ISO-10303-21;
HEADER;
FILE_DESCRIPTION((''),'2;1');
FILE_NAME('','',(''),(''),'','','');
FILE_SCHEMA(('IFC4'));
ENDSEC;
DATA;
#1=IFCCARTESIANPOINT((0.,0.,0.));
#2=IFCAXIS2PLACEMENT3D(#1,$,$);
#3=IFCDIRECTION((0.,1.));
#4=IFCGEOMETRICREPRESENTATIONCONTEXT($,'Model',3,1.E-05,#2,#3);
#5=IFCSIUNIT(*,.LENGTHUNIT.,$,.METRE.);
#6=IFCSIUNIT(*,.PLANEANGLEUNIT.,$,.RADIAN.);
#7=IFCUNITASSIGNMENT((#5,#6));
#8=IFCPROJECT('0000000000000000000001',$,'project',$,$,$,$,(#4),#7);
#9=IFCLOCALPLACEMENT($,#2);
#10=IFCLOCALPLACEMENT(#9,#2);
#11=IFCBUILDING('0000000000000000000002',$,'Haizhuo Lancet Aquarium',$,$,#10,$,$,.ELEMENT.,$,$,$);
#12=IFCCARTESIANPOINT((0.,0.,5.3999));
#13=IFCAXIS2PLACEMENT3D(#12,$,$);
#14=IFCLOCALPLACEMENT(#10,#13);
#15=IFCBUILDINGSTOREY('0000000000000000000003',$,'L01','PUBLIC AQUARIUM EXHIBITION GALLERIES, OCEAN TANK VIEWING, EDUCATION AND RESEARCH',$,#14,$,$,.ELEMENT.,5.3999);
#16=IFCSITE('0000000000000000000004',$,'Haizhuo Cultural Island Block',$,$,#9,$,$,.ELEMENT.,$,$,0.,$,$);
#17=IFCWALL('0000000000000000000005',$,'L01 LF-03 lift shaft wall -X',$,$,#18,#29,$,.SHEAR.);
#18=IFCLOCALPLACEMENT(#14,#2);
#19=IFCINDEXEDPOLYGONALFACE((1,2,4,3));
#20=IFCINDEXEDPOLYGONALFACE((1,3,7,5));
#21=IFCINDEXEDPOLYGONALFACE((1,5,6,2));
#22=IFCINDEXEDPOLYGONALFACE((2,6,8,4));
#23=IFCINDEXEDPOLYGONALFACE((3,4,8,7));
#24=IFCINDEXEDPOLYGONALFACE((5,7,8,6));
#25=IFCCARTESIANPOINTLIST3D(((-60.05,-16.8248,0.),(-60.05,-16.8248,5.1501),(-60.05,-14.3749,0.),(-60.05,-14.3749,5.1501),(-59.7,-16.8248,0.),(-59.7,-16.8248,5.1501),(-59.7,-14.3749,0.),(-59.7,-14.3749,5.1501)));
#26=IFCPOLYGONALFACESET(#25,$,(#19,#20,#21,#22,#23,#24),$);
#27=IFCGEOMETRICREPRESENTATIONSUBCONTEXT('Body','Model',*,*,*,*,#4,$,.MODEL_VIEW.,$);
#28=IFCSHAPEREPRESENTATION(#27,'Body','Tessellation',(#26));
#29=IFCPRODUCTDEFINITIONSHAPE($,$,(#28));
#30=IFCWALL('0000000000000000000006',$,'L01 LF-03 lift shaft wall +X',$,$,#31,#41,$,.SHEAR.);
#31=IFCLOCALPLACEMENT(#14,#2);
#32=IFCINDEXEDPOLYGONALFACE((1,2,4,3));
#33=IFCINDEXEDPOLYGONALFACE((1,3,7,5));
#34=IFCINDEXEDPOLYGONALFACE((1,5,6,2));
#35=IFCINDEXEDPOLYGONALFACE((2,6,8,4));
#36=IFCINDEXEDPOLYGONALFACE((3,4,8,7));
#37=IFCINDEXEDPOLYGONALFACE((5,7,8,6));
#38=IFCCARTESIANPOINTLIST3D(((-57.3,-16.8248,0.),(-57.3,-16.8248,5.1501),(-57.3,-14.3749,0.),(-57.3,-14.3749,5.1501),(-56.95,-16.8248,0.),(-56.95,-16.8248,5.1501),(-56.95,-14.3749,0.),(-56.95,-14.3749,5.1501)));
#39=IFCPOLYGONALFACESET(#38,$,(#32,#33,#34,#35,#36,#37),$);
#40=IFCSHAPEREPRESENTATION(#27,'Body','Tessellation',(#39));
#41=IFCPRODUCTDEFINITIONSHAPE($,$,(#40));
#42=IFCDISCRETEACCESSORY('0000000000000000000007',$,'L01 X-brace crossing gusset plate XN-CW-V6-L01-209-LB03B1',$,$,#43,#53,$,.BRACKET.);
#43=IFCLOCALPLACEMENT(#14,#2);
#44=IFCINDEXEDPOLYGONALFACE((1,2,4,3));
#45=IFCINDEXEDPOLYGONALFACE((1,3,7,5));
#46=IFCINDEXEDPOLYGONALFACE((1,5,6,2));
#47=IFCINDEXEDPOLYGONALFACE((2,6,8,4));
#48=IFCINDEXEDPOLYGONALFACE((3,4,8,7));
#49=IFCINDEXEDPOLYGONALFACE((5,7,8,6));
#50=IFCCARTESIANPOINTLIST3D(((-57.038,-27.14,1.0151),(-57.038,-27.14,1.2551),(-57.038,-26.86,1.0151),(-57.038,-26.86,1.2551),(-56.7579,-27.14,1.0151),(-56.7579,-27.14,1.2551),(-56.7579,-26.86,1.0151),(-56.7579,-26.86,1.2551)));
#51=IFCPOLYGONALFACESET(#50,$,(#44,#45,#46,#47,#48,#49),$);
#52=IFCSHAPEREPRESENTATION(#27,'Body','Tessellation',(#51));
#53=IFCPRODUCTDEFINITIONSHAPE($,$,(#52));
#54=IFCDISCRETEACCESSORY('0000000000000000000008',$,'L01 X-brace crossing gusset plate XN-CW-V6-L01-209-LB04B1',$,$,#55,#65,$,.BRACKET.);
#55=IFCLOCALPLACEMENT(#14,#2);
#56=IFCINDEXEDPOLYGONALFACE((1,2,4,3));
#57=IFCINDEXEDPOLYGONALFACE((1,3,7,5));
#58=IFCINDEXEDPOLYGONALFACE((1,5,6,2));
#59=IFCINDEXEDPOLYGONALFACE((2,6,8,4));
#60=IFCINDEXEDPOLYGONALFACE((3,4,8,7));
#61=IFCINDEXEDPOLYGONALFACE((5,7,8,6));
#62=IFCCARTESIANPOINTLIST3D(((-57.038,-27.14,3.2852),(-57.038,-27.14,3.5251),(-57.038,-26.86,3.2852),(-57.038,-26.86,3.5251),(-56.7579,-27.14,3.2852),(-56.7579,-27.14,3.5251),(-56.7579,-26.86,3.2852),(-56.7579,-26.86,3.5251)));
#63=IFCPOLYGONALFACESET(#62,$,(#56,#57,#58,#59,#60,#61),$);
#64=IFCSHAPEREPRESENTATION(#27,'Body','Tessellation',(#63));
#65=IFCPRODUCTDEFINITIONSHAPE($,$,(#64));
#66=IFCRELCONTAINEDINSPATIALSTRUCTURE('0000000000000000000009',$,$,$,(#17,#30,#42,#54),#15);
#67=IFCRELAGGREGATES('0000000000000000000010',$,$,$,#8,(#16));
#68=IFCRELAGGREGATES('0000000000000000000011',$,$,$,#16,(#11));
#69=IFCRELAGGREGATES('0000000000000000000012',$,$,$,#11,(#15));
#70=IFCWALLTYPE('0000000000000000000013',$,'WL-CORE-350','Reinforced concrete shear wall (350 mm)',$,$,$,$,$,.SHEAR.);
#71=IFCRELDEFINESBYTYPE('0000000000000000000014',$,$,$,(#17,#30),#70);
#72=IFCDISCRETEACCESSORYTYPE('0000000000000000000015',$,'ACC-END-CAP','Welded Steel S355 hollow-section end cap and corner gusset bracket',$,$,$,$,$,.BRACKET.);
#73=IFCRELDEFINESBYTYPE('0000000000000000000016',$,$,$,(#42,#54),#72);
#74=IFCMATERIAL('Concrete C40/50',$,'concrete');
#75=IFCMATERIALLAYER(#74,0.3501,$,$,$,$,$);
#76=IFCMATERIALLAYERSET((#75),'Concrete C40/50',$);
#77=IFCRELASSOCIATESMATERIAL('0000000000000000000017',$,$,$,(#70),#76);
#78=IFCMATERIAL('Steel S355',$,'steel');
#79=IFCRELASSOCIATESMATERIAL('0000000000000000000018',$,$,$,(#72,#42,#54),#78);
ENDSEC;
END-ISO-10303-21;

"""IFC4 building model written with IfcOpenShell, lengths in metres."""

from ifc_helpers import new_model, si_unit, direction, frame, frame_2d, origin, origin_2d, place, context, subcontext, project, spatial, rectangle, extrude, material, layer, layer_set, type_object, element, save


model = new_model("IFC4")

# Units and contexts
model_context = context("Model", 3, precision=1e-05, world=origin(), true_north=direction((0.0, 1.0)))
body_context = subcontext(model_context, "Body", "Model", "MODEL_VIEW")
ifc_project = project(units=[si_unit("LENGTHUNIT", "METRE"), si_unit("PLANEANGLEUNIT", "RADIAN")], contexts=[model_context])

# Site, building, storey
site_placement = place(None, origin())
site = spatial("IfcSite", under=ifc_project, at=site_placement, Name="Haizhuo Cultural Island Block", CompositionType="ELEMENT", RefElevation=0.0)
building_placement = place(site_placement, origin())
building = spatial("IfcBuilding", under=site, at=building_placement, Name="Haizhuo Lancet Aquarium", CompositionType="ELEMENT")
storey_placement = place(building_placement, frame((0.0, 0.0, 5.3999)))
storey = spatial("IfcBuildingStorey", under=building, at=storey_placement, Name="L01", Description="PUBLIC AQUARIUM EXHIBITION GALLERIES, OCEAN TANK VIEWING, EDUCATION AND RESEARCH", CompositionType="ELEMENT", Elevation=5.3999)

# Shared definitions
ifc_material_1 = material(Name="Steel S355", Category="steel")

# Shared definitions
ifc_material_2 = material(Name="Concrete C40/50", Category="concrete")

# Shared definitions
ifc_layer_1 = layer(ifc_material_2, 0.3501)
ifc_layer_set_1 = layer_set([ifc_layer_1], Name="Concrete C40/50")
wall_type_1 = type_object("IfcWallType", Name="WL-CORE-350", Description="Reinforced concrete shear wall (350 mm)", PredefinedType="SHEAR", material=ifc_layer_set_1)

# Walls
for number, where, z_axis, x_axis, name in (
    (1, (-59.875, -16.825, 0.0), (0.0, 0.0, 1.0), (0.0, 1.0, 0.0), "L01 LF-03 lift shaft wall -X"),
    (2, (-57.125, -16.825, 0.0), (0.0, 0.0, 1.0), (0.0, 1.0, 0.0), "L01 LF-03 lift shaft wall +X"),
):
    element("IfcWall", number, at=place(storey_placement, frame(where, z_axis=z_axis, x_axis=x_axis)), inside=storey, type_object=wall_type_1, Name=name, PredefinedType="SHEAR", context=body_context, shape_type="SweptSolid", body=[
        extrude(rectangle(XDim=2.45, YDim=0.3501, at=frame_2d((1.2251, 0.0))), origin(), (0.0, 0.0, 1.0), 5.1501),
    ])

# Discrete accessories
discrete_accessory_type = type_object("IfcDiscreteAccessoryType", Name="ACC-END-CAP", Description="Welded Steel S355 hollow-section end cap and corner gusset bracket", PredefinedType="BRACKET", material=ifc_material_1)
for number, where, z_axis, x_axis, name in (
    (3, (-56.8979, -27.0, 1.0151), (0.0, 0.0, 1.0), (1.0, 0.0, 0.0), "L01 X-brace crossing gusset plate XN-CW-V6-L01-209-LB03B1"),
    (4, (-56.8979, -27.0, 3.2852), (0.0, 0.0, 1.0), (1.0, 0.0, 0.0), "L01 X-brace crossing gusset plate XN-CW-V6-L01-209-LB04B1"),
):
    element("IfcDiscreteAccessory", number, at=place(storey_placement, frame(where, z_axis=z_axis, x_axis=x_axis)), inside=storey, type_object=discrete_accessory_type, material=ifc_material_1, Name=name, PredefinedType="BRACKET", context=body_context, shape_type="SweptSolid", body=[
        extrude(rectangle(XDim=0.28, YDim=0.28, at=origin_2d()), origin(), (0.0, 0.0, 1.0), 0.24),
    ])

save(model, "model.ifc")
